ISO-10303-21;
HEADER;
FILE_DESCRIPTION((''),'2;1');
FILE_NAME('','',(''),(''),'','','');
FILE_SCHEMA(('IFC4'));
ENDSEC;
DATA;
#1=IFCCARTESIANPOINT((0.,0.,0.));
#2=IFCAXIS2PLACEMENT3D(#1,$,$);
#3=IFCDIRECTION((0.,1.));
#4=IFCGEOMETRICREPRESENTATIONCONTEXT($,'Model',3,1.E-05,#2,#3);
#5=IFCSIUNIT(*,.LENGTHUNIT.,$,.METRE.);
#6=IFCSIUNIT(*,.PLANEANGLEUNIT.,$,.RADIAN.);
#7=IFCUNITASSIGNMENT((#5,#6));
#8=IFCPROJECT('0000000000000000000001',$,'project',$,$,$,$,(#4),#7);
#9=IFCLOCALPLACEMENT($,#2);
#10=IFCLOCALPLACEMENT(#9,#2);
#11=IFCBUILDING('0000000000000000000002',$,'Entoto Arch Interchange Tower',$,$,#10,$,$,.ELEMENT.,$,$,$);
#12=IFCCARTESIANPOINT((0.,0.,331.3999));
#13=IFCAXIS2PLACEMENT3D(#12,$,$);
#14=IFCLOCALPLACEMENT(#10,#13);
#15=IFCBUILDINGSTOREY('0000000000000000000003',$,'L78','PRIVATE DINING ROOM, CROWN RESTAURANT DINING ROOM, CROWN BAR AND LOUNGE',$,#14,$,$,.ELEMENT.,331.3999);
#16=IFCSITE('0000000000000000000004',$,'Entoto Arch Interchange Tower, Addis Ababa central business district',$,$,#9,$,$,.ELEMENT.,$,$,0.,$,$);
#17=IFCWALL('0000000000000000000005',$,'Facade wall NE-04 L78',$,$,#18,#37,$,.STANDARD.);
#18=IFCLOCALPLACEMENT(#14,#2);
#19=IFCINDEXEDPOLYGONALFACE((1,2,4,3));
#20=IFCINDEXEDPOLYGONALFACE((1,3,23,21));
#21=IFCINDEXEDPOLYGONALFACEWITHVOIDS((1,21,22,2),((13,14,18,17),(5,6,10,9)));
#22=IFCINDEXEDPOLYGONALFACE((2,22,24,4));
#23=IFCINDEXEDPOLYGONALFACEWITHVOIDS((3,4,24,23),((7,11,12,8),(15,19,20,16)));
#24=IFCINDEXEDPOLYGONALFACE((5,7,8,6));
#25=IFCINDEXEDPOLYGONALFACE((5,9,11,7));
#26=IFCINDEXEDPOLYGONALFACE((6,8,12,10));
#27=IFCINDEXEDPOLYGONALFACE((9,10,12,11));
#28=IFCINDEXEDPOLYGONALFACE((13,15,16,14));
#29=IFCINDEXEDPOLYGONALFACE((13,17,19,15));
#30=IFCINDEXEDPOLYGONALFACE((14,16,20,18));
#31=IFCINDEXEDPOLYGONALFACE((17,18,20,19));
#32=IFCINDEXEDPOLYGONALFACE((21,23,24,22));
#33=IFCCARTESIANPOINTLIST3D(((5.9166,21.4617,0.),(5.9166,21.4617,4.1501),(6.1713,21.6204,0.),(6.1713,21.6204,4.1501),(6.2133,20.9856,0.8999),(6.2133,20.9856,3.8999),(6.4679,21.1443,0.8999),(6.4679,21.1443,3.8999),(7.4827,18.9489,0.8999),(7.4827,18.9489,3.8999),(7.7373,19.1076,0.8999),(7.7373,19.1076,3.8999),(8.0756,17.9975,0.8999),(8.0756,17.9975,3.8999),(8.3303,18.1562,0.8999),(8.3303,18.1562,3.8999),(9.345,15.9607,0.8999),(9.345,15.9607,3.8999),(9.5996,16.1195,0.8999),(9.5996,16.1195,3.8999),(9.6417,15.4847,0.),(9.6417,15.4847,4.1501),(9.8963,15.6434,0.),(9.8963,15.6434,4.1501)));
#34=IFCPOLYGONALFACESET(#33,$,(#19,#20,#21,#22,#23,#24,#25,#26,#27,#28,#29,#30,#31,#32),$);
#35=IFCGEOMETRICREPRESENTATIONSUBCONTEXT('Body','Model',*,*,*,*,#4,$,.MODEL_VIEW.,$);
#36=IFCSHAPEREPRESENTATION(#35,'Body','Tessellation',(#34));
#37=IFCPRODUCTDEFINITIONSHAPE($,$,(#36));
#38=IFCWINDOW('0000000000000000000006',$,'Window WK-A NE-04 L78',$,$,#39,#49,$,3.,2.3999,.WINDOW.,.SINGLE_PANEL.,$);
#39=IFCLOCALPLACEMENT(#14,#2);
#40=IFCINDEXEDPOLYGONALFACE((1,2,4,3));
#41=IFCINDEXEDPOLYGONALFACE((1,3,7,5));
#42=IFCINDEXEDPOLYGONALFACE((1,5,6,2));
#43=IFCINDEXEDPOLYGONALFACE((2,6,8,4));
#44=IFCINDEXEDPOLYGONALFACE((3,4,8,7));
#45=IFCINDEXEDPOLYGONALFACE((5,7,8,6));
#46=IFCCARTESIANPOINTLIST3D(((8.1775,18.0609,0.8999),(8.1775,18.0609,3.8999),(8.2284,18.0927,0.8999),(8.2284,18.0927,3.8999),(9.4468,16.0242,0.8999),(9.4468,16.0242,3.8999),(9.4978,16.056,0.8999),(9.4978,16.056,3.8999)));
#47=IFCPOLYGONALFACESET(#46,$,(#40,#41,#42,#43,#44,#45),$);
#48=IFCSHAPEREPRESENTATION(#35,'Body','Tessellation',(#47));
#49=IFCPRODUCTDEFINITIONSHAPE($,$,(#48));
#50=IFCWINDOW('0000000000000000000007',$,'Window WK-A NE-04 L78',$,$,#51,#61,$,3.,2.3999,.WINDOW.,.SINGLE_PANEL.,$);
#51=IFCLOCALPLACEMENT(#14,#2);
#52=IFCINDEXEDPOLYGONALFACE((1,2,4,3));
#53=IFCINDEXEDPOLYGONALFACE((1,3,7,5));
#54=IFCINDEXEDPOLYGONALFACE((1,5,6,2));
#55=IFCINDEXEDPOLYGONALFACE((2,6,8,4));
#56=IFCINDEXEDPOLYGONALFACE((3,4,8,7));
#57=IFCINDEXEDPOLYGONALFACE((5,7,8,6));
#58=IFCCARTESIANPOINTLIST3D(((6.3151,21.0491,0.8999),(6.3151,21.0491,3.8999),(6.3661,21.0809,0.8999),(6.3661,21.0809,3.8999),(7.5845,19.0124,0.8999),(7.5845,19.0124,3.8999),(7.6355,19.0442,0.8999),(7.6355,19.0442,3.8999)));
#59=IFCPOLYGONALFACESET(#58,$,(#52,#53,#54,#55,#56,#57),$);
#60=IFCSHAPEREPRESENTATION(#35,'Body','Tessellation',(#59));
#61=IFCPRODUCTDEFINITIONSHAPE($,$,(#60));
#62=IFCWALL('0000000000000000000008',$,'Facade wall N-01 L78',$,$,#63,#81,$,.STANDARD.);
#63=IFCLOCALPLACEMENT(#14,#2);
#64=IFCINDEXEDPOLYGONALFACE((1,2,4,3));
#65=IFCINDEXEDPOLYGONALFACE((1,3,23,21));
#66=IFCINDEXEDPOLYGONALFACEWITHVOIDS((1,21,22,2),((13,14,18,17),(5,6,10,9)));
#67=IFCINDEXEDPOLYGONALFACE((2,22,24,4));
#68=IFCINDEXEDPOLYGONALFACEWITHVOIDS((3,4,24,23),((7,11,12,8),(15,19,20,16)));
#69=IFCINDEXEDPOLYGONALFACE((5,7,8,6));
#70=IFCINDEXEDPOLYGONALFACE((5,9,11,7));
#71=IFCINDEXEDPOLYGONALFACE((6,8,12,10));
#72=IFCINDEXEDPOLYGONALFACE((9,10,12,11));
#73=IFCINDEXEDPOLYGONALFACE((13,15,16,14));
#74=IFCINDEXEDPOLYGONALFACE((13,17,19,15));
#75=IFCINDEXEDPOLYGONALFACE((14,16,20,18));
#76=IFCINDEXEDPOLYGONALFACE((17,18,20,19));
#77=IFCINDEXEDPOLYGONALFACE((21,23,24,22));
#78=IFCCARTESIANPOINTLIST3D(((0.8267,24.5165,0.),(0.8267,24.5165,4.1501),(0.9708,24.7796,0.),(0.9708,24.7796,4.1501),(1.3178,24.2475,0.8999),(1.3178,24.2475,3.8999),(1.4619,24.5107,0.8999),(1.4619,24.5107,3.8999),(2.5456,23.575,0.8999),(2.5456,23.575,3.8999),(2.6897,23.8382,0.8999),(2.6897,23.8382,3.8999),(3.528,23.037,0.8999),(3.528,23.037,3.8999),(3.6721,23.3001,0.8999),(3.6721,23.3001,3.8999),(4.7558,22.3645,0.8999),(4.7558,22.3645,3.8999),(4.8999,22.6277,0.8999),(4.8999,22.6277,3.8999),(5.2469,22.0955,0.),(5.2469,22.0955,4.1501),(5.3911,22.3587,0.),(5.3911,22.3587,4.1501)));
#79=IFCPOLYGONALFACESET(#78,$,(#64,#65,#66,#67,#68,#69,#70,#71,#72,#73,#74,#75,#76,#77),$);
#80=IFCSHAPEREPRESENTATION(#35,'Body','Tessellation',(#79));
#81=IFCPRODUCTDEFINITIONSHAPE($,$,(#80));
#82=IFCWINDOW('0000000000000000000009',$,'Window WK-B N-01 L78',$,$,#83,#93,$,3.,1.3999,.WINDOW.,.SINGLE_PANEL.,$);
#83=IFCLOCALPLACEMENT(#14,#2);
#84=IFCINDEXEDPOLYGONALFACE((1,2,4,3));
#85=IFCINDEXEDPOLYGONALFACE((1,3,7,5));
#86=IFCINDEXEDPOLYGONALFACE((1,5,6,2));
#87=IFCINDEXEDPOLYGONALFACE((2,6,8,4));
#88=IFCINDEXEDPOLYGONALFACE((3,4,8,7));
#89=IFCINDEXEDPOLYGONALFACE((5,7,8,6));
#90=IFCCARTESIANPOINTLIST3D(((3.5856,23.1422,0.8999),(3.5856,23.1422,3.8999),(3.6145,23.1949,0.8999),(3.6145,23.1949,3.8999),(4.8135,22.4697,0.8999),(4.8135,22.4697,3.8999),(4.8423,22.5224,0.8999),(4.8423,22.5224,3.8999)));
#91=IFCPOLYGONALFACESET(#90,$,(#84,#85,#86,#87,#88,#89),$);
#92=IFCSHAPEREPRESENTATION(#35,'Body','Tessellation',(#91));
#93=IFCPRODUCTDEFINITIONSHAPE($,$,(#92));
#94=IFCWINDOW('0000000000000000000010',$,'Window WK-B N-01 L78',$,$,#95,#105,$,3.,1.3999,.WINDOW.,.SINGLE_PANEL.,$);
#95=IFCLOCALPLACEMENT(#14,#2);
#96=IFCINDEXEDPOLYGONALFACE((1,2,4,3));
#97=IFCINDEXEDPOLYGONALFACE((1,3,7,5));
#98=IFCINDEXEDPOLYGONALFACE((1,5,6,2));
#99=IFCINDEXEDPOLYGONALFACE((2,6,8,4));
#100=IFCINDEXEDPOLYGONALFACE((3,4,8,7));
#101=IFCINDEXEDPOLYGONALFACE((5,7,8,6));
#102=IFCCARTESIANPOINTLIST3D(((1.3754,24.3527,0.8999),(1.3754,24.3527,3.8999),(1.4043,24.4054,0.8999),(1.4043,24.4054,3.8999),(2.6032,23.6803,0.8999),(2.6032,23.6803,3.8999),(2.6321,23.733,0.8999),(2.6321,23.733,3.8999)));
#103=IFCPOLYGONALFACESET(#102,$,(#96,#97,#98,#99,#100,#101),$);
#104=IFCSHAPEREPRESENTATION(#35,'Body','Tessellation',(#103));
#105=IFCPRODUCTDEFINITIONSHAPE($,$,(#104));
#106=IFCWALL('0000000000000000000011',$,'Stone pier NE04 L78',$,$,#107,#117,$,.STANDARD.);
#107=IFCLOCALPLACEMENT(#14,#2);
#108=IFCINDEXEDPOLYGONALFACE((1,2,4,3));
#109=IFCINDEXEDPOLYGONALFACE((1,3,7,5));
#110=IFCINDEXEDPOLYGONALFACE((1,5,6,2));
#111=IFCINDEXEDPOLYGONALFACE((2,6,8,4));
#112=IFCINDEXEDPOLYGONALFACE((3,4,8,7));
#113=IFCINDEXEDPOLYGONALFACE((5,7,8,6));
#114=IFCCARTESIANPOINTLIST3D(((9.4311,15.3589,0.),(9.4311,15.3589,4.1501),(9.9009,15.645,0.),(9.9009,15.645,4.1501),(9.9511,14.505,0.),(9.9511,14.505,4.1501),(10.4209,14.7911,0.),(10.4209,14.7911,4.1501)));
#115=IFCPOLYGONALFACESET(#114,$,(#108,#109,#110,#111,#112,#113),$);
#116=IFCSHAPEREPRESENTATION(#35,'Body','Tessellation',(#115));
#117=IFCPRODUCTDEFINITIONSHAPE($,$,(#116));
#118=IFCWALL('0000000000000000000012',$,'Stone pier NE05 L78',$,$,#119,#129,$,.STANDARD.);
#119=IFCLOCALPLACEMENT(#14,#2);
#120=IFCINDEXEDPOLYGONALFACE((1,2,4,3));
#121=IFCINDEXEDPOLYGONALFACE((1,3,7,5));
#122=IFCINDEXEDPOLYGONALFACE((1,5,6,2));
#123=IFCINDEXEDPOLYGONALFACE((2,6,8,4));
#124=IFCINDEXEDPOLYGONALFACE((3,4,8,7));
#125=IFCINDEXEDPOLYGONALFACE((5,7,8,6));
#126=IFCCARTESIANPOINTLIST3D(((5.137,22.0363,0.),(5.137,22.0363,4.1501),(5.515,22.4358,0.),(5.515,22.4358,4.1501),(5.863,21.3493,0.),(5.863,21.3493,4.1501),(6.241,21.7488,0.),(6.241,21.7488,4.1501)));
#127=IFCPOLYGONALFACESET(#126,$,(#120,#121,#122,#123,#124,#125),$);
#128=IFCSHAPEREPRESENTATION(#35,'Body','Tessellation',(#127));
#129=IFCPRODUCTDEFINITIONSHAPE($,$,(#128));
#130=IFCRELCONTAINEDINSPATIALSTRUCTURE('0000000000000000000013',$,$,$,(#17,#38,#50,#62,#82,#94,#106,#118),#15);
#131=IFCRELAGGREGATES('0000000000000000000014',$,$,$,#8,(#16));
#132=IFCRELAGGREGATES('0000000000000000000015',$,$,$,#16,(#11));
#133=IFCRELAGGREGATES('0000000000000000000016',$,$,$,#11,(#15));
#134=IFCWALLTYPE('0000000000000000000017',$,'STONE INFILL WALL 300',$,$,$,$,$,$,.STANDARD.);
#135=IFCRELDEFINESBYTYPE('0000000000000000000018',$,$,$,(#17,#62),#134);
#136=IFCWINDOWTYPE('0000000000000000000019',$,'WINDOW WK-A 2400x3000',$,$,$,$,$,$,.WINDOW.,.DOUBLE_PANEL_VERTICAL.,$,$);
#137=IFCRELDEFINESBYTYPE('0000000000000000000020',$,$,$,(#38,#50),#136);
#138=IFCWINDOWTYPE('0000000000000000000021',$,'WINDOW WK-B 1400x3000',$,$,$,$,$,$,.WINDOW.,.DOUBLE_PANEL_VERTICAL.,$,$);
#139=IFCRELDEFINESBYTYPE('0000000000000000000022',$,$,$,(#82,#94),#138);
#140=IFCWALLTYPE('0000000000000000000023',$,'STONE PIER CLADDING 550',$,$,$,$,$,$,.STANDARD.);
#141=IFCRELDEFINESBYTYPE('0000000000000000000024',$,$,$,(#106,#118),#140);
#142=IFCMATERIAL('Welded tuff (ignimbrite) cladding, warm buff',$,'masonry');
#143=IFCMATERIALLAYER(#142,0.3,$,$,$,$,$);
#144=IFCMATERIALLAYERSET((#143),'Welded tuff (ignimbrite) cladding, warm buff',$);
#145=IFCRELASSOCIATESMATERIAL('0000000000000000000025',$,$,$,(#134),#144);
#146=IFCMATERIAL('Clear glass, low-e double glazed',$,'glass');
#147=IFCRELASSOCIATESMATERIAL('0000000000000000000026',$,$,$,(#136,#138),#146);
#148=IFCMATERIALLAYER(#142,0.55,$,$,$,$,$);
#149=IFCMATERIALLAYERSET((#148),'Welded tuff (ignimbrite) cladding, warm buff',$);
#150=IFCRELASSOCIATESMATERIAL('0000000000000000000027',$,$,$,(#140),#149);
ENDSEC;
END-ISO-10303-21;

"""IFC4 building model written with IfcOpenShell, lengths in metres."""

from ifc_helpers import new_model, si_unit, direction, frame, frame_2d, origin, place, context, subcontext, project, spatial, rectangle, extrude, material, layer, layer_set, type_object, element, fill, save


model = new_model("IFC4")

# Units and contexts
model_context = context("Model", 3, precision=1e-05, world=origin(), true_north=direction((0.0, 1.0)))
body_context = subcontext(model_context, "Body", "Model", "MODEL_VIEW")
ifc_project = project(units=[si_unit("LENGTHUNIT", "METRE"), si_unit("PLANEANGLEUNIT", "RADIAN")], contexts=[model_context])

# Site, building, storey
site_placement = place(None, origin())
site = spatial("IfcSite", under=ifc_project, at=site_placement, Name="Entoto Arch Interchange Tower, Addis Ababa central business district", CompositionType="ELEMENT", RefElevation=0.0)
building_placement = place(site_placement, origin())
building = spatial("IfcBuilding", under=site, at=building_placement, Name="Entoto Arch Interchange Tower", CompositionType="ELEMENT")
storey_placement = place(building_placement, frame((0.0, 0.0, 331.3999)))
storey = spatial("IfcBuildingStorey", under=building, at=storey_placement, Name="L78", Description="PRIVATE DINING ROOM, CROWN RESTAURANT DINING ROOM, CROWN BAR AND LOUNGE", CompositionType="ELEMENT", Elevation=331.3999)

# Walls, openings, windows
ifc_material_1 = material(Name="Welded tuff (ignimbrite) cladding, warm buff", Category="masonry")
ifc_layer_1 = layer(ifc_material_1, 0.3)
ifc_layer_set_1 = layer_set([ifc_layer_1], Name="Welded tuff (ignimbrite) cladding, warm buff")
wall_type_1 = type_object("IfcWallType", Name="STONE INFILL WALL 300", PredefinedType="STANDARD", material=ifc_layer_set_1)
wall_1_placement = place(storey_placement, frame((9.769, 15.564, 0.0), z_axis=(0.0, 0.0, 1.0), x_axis=(-0.52892, 0.848671, 0.0)))
wall_1 = element("IfcWall", 1, at=wall_1_placement, inside=storey, type_object=wall_type_1, Name="Facade wall NE-04 L78", PredefinedType="STANDARD", context=body_context, shape_type="SweptSolid", body=[
    extrude(rectangle(XDim=7.0427, YDim=0.3, at=frame_2d((3.5215, 0.0))), origin(), (0.0, 0.0, 1.0), 4.1501),
])
opening_1_placement = place(wall_1_placement, frame((0.561, 0.0, 0.8999)))
opening_1 = element("IfcOpeningElement", 2, at=opening_1_placement, cuts=wall_1, PredefinedType="OPENING", context=body_context, shape_type="SweptSolid", body=[
    extrude(rectangle(XDim=2.3999, YDim=3.0, at=frame_2d((1.2, 1.5))), frame((0.0, 0.1602, 0.0), z_axis=(0.0, -1.0, 0.0), x_axis=(1.0, 0.0, 0.0)), (0.0, 0.0, 1.0), 0.3201),
])
opening_2_placement = place(wall_1_placement, frame((4.082, 0.0, 0.8999)))
opening_2 = element("IfcOpeningElement", 3, at=opening_2_placement, cuts=wall_1, PredefinedType="OPENING", context=body_context, shape_type="SweptSolid", body=[
    extrude(rectangle(XDim=2.3999, YDim=3.0, at=frame_2d((1.2, 1.5))), frame((0.0, 0.1602, 0.0), z_axis=(0.0, -1.0, 0.0), x_axis=(1.0, 0.0, 0.0)), (0.0, 0.0, 1.0), 0.3201),
])
ifc_material_2 = material(Name="Clear glass, low-e double glazed", Category="glass")
window_type_1 = type_object("IfcWindowType", Name="WINDOW WK-A 2400x3000", PartitioningType="DOUBLE_PANEL_VERTICAL", PredefinedType="WINDOW", material=ifc_material_2)
window_1_placement = place(opening_1_placement, origin())
window_1 = element("IfcWindow", 4, at=window_1_placement, inside=storey, type_object=window_type_1, Name="Window WK-A NE-04 L78", OverallHeight=3.0, OverallWidth=2.3999, PartitioningType="SINGLE_PANEL", PredefinedType="WINDOW", context=body_context, shape_type="SweptSolid", body=[
    extrude(rectangle(XDim=2.3999, YDim=3.0, at=frame_2d((1.2, 1.5))), frame((0.0, 0.03, 0.0), z_axis=(0.0, -1.0, 0.0), x_axis=(1.0, 0.0, 0.0)), (0.0, 0.0, 1.0), 0.0601),
])
fill(opening_1, window_1)
window_2_placement = place(opening_2_placement, origin())
window_2 = element("IfcWindow", 5, at=window_2_placement, inside=storey, type_object=window_type_1, Name="Window WK-A NE-04 L78", OverallHeight=3.0, OverallWidth=2.3999, PartitioningType="SINGLE_PANEL", PredefinedType="WINDOW", context=body_context, shape_type="SweptSolid", body=[
    extrude(rectangle(XDim=2.3999, YDim=3.0, at=frame_2d((1.2, 1.5))), frame((0.0, 0.03, 0.0), z_axis=(0.0, -1.0, 0.0), x_axis=(1.0, 0.0, 0.0)), (0.0, 0.0, 1.0), 0.0601),
])
fill(opening_2, window_2)
wall_2_placement = place(storey_placement, frame((5.3191, 22.2271, 0.0), z_axis=(0.0, 0.0, 1.0), x_axis=(-0.877069, 0.480365, 0.0)))
wall_2 = element("IfcWall", 6, at=wall_2_placement, inside=storey, type_object=wall_type_1, Name="Facade wall N-01 L78", PredefinedType="STANDARD", context=body_context, shape_type="SweptSolid", body=[
    extrude(rectangle(XDim=5.0398, YDim=0.3, at=frame_2d((2.52, 0.0))), origin(), (0.0, 0.0, 1.0), 4.1501),
])
opening_3_placement = place(wall_2_placement, frame((0.5601, 0.0, 0.8999)))
opening_3 = element("IfcOpeningElement", 7, at=opening_3_placement, cuts=wall_2, PredefinedType="OPENING", context=body_context, shape_type="SweptSolid", body=[
    extrude(rectangle(XDim=1.3999, YDim=3.0, at=frame_2d((0.7, 1.5))), frame((0.0, 0.1602, 0.0), z_axis=(0.0, -1.0, 0.0), x_axis=(1.0, 0.0, 0.0)), (0.0, 0.0, 1.0), 0.3201),
])
opening_4_placement = place(wall_2_placement, frame((3.0801, 0.0, 0.8999)))
opening_4 = element("IfcOpeningElement", 8, at=opening_4_placement, cuts=wall_2, PredefinedType="OPENING", context=body_context, shape_type="SweptSolid", body=[
    extrude(rectangle(XDim=1.3999, YDim=3.0, at=frame_2d((0.7, 1.5))), frame((0.0, 0.1602, 0.0), z_axis=(0.0, -1.0, 0.0), x_axis=(1.0, 0.0, 0.0)), (0.0, 0.0, 1.0), 0.3201),
])
window_type_2 = type_object("IfcWindowType", Name="WINDOW WK-B 1400x3000", PartitioningType="DOUBLE_PANEL_VERTICAL", PredefinedType="WINDOW", material=ifc_material_2)
window_3_placement = place(opening_3_placement, origin())
window_3 = element("IfcWindow", 9, at=window_3_placement, inside=storey, type_object=window_type_2, Name="Window WK-B N-01 L78", OverallHeight=3.0, OverallWidth=1.3999, PartitioningType="SINGLE_PANEL", PredefinedType="WINDOW", context=body_context, shape_type="SweptSolid", body=[
    extrude(rectangle(XDim=1.3999, YDim=3.0, at=frame_2d((0.7, 1.5))), frame((0.0, 0.03, 0.0), z_axis=(0.0, -1.0, 0.0), x_axis=(1.0, 0.0, 0.0)), (0.0, 0.0, 1.0), 0.0601),
])
fill(opening_3, window_3)
window_4_placement = place(opening_4_placement, origin())
window_4 = element("IfcWindow", 10, at=window_4_placement, inside=storey, type_object=window_type_2, Name="Window WK-B N-01 L78", OverallHeight=3.0, OverallWidth=1.3999, PartitioningType="SINGLE_PANEL", PredefinedType="WINDOW", context=body_context, shape_type="SweptSolid", body=[
    extrude(rectangle(XDim=1.3999, YDim=3.0, at=frame_2d((0.7, 1.5))), frame((0.0, 0.03, 0.0), z_axis=(0.0, -1.0, 0.0), x_axis=(1.0, 0.0, 0.0)), (0.0, 0.0, 1.0), 0.0601),
])
fill(opening_4, window_4)

# Walls
ifc_layer_2 = layer(ifc_material_1, 0.55)
ifc_layer_set_2 = layer_set([ifc_layer_2], Name="Welded tuff (ignimbrite) cladding, warm buff")
wall_type_2 = type_object("IfcWallType", Name="STONE PIER CLADDING 550", PredefinedType="STANDARD", material=ifc_layer_set_2)
wall_3_placement = place(storey_placement, frame((10.186, 14.6479, 0.0), z_axis=(0.0, 0.0, 1.0), x_axis=(-0.520086, 0.854114, 0.0)))
element("IfcWall", 11, at=wall_3_placement, inside=storey, type_object=wall_type_2, Name="Stone pier NE04 L78", PredefinedType="STANDARD", context=body_context, shape_type="SweptSolid", body=[
    extrude(rectangle(XDim=0.9998, YDim=0.55, at=frame_2d((0.5, 0.0))), origin(), (0.0, 0.0, 1.0), 4.1501),
])
wall_4_placement = place(storey_placement, frame((6.052, 21.5491, 0.0), z_axis=(0.0, 0.0, 1.0), x_axis=(-0.726376, 0.687297, 0.0)))
element("IfcWall", 12, at=wall_4_placement, inside=storey, type_object=wall_type_2, Name="Stone pier NE05 L78", PredefinedType="STANDARD", context=body_context, shape_type="SweptSolid", body=[
    extrude(rectangle(XDim=0.9995, YDim=0.55, at=frame_2d((0.4998, 0.0))), origin(), (0.0, 0.0, 1.0), 4.1501),
])

save(model, "model.ifc")
